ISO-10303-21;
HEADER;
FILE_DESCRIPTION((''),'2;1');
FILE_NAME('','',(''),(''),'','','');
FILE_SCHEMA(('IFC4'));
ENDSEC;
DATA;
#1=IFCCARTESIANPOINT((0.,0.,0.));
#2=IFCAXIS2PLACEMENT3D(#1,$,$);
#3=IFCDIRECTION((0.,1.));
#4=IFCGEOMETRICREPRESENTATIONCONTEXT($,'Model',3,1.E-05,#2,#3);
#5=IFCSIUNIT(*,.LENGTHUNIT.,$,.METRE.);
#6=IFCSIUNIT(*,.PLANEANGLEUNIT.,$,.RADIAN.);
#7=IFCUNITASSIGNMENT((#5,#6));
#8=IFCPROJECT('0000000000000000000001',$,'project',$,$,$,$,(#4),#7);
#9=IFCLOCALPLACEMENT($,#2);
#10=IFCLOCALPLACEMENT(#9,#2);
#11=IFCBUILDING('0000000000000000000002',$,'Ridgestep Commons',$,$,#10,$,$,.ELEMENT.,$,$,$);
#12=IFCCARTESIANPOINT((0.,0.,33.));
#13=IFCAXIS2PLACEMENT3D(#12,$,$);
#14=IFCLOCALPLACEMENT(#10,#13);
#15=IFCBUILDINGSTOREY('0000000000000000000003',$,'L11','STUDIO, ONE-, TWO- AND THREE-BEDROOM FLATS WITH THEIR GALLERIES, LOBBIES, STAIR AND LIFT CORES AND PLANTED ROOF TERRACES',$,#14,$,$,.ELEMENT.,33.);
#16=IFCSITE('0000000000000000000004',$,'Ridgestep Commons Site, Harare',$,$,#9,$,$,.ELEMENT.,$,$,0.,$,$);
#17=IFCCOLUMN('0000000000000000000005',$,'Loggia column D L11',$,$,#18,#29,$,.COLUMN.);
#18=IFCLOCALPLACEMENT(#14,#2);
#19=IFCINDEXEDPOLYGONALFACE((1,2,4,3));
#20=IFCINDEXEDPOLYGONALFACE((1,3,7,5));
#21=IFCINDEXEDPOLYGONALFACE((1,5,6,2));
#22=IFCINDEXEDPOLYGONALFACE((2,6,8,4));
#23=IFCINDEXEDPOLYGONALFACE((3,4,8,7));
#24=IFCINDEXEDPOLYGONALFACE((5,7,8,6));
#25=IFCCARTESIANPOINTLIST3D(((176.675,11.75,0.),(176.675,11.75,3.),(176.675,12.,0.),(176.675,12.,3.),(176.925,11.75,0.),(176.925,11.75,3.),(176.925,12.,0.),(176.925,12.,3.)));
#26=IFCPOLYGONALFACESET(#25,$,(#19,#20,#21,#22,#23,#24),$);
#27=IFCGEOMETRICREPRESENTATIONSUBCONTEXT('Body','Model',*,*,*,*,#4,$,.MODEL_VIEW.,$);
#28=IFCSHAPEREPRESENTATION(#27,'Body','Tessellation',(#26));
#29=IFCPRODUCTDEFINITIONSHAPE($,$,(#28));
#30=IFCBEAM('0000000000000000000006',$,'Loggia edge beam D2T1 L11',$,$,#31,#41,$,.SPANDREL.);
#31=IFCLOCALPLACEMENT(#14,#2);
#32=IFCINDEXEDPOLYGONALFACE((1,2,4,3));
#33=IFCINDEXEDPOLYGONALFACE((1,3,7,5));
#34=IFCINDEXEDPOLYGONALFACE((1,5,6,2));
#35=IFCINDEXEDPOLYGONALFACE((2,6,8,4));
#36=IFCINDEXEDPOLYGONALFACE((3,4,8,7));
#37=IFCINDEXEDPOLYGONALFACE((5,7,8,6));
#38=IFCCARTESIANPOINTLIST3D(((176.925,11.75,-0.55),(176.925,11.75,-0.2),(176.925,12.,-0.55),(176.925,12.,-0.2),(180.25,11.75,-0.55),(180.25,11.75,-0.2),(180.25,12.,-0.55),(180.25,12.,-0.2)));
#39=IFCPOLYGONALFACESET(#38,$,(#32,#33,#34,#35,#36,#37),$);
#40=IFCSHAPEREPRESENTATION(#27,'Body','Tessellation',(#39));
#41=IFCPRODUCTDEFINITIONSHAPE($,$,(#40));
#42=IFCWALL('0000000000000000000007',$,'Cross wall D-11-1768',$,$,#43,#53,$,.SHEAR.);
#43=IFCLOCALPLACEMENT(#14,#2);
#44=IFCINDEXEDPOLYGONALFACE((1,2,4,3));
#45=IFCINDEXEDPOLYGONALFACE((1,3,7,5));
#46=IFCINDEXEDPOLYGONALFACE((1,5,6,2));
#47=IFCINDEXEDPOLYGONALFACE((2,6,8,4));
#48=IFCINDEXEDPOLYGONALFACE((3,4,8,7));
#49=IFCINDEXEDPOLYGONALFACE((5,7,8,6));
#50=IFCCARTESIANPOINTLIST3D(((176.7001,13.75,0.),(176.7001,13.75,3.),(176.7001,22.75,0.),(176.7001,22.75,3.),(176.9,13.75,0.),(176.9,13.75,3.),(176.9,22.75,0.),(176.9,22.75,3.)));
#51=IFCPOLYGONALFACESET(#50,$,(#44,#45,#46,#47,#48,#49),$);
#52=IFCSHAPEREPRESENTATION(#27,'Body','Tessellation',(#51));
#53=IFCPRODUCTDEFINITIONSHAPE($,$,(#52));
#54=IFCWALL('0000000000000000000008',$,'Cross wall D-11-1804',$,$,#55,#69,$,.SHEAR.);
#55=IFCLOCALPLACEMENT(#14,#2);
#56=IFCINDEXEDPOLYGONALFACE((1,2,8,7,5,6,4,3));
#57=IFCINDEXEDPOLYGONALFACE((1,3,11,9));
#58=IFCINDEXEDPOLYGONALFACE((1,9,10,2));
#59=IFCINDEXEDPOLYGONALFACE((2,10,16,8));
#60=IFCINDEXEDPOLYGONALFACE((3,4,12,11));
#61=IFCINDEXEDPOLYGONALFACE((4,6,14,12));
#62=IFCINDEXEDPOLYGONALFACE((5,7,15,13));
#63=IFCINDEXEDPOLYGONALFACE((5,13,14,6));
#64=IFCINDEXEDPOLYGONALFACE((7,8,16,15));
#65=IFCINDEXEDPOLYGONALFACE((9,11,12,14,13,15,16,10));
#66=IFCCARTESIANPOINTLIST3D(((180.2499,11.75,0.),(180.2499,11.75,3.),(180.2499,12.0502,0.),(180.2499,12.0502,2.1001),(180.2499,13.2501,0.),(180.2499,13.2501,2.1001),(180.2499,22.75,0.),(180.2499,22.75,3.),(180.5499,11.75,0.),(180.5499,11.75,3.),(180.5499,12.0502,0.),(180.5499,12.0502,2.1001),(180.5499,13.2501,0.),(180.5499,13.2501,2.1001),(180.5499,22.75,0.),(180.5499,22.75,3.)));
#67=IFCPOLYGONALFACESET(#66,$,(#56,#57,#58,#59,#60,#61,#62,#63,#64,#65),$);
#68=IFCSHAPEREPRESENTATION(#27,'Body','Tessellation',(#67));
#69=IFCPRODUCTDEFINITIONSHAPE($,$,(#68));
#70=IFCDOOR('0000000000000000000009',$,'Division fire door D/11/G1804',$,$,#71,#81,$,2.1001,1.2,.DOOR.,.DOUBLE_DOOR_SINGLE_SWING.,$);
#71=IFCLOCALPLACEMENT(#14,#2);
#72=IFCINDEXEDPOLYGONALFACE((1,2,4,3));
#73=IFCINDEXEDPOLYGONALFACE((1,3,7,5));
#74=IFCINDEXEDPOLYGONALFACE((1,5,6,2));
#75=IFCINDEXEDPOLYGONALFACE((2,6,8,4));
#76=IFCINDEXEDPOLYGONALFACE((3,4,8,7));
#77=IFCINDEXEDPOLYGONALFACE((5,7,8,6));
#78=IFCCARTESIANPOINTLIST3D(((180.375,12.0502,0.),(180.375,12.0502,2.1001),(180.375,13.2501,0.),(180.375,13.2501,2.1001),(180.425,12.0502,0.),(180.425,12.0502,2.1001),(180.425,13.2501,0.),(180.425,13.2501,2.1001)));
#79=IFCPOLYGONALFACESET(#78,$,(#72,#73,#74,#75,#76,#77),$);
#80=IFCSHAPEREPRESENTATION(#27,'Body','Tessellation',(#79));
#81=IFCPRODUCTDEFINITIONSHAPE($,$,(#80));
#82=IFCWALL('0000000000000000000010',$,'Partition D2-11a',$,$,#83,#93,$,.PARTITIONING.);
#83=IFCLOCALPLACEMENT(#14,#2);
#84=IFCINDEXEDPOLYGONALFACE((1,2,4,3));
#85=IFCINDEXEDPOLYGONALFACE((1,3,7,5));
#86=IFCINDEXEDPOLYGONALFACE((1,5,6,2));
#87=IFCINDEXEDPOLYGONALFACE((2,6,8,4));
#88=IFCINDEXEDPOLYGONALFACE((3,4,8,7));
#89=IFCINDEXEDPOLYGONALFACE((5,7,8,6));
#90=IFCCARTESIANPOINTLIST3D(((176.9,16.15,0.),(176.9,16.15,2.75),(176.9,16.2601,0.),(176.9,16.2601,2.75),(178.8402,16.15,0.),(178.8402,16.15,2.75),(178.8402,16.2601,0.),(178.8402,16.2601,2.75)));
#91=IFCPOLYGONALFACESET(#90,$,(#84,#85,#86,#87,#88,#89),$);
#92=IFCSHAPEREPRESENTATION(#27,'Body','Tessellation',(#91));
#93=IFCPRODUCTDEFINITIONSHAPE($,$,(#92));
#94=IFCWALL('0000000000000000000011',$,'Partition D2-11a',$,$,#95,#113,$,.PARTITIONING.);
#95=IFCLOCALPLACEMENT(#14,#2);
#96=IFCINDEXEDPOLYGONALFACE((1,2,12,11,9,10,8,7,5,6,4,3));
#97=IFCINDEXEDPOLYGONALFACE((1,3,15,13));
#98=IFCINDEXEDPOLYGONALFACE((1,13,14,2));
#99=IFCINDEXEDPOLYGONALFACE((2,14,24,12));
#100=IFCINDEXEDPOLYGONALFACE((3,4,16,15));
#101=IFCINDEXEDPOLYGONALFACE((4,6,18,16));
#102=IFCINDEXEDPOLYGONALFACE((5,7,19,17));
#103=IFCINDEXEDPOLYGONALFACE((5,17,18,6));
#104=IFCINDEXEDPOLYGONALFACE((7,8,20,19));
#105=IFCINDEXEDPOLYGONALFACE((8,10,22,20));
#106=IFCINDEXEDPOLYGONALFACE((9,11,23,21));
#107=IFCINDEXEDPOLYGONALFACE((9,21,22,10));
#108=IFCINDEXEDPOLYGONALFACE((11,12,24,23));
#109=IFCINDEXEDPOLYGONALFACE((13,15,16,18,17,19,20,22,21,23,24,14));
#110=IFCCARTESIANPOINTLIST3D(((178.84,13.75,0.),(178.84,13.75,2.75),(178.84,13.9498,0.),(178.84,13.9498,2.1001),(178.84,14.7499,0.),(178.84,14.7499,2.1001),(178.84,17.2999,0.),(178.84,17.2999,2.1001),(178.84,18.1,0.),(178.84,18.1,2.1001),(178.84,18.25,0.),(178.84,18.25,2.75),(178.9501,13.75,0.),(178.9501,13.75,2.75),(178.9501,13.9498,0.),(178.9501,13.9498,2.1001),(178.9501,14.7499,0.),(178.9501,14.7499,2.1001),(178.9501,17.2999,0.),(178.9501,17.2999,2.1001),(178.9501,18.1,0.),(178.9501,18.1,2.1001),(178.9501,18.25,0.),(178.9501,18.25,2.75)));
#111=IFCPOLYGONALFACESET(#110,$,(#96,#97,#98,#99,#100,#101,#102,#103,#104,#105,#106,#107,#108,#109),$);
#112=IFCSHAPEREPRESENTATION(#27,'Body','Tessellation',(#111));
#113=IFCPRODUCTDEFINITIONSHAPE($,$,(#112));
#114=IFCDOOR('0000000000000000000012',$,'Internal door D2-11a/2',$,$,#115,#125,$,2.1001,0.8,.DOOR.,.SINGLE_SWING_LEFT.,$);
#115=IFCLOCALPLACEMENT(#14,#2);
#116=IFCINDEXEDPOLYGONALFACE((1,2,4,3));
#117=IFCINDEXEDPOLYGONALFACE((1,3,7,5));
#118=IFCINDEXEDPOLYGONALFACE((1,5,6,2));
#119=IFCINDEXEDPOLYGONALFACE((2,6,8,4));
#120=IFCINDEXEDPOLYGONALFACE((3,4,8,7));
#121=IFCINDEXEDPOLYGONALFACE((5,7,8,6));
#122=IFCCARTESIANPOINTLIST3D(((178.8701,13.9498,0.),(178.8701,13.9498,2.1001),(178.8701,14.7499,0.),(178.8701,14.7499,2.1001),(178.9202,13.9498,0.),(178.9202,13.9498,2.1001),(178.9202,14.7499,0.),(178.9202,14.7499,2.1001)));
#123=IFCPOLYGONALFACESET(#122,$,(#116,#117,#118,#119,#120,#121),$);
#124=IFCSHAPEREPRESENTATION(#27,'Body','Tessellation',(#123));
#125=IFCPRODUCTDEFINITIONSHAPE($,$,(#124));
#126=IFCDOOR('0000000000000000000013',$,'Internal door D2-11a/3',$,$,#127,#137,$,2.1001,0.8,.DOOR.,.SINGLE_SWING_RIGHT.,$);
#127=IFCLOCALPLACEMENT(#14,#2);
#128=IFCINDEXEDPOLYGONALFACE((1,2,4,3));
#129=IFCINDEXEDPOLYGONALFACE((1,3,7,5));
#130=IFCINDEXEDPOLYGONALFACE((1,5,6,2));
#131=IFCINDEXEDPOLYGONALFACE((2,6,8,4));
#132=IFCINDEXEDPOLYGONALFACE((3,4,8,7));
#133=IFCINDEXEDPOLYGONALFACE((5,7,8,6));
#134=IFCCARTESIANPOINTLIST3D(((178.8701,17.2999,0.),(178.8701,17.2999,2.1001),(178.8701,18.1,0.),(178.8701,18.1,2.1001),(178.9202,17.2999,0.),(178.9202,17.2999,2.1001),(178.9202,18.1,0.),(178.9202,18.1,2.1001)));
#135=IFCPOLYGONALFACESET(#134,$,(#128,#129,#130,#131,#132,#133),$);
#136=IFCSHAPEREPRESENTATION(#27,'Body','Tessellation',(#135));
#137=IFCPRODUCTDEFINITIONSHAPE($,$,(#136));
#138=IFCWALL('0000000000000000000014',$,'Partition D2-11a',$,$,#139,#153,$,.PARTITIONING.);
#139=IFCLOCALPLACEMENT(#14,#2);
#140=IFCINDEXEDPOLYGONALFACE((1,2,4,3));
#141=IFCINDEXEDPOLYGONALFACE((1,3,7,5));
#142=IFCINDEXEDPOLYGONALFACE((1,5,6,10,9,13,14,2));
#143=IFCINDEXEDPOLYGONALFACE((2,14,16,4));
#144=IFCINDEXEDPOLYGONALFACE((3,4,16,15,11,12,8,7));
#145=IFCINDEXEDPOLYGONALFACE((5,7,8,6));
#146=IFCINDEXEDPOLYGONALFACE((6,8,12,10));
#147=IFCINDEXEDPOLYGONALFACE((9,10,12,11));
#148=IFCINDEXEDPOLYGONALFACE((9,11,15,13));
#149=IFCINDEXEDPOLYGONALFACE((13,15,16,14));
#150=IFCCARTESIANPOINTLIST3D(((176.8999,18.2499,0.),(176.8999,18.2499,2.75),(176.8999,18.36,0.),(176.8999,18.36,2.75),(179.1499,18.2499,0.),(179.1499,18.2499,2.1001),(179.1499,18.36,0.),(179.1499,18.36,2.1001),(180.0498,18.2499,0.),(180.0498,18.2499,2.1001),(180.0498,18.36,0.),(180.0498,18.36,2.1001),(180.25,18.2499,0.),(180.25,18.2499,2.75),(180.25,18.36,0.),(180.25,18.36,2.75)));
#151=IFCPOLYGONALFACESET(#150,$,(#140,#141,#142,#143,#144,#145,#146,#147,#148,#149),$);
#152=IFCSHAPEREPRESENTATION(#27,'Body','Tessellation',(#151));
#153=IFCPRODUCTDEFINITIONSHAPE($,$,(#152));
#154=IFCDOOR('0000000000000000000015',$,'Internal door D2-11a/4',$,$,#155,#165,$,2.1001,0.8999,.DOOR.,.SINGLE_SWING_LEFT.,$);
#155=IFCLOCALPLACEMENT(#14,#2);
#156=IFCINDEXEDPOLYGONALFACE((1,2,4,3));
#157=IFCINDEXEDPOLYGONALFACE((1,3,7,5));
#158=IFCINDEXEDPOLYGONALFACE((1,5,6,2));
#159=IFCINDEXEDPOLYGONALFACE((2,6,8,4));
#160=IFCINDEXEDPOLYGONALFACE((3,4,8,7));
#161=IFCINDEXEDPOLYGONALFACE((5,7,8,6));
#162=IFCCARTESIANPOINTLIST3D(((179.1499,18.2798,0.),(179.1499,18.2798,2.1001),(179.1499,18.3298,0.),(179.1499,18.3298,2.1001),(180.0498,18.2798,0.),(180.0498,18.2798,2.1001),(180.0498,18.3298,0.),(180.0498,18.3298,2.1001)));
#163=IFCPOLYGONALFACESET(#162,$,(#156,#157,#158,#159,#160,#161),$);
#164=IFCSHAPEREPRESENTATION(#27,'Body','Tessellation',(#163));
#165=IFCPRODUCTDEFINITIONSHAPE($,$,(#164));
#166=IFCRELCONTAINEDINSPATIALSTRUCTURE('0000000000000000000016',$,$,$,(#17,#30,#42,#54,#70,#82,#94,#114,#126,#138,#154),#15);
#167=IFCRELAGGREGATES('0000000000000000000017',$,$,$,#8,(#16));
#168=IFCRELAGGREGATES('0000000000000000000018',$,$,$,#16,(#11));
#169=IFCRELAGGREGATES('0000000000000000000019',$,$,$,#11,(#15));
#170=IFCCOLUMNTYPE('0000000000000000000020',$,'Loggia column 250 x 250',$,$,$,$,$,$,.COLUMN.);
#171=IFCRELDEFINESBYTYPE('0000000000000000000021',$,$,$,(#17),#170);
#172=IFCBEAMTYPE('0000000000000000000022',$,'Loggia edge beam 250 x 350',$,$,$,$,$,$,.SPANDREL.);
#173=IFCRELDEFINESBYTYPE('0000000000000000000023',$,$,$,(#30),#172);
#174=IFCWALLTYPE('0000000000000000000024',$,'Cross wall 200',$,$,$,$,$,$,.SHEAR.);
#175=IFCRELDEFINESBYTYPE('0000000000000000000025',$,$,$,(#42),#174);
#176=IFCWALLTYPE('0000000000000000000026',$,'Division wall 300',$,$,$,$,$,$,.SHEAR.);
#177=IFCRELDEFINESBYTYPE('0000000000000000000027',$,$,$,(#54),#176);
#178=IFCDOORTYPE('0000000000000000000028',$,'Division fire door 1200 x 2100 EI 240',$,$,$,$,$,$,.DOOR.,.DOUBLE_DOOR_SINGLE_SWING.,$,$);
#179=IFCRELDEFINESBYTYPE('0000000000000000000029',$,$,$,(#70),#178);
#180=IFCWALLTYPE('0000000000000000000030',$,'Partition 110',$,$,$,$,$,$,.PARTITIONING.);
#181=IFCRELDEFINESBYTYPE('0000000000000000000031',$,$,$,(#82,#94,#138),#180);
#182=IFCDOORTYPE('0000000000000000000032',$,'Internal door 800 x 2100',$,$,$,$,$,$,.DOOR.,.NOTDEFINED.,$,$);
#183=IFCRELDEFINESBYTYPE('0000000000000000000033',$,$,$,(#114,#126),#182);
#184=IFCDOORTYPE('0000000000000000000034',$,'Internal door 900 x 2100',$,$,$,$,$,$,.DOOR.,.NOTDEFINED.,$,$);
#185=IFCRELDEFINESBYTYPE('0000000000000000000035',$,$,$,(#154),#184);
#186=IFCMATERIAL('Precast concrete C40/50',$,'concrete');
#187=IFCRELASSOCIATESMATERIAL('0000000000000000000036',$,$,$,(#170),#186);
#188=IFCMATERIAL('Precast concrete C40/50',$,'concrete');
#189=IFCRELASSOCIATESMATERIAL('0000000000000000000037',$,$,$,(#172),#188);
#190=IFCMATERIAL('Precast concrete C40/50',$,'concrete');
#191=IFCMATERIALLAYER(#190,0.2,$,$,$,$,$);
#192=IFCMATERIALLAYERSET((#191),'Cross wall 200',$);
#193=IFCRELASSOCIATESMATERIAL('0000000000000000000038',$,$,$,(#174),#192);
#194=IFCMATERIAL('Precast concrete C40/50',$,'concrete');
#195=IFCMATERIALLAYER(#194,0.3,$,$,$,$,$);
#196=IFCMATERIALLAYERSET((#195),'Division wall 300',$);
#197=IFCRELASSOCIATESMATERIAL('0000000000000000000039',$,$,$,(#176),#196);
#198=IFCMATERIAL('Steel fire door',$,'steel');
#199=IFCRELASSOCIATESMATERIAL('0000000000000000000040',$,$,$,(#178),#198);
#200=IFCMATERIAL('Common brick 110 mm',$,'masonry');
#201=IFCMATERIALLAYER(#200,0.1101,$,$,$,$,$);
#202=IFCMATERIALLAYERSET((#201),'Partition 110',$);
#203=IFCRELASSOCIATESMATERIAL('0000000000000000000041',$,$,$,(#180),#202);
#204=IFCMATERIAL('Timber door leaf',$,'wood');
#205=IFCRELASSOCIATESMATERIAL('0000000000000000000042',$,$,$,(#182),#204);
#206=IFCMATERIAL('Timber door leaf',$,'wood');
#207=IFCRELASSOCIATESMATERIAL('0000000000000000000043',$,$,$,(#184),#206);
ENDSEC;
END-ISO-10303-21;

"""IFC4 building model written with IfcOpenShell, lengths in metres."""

from ifc_helpers import new_model, si_unit, direction, frame, frame_2d, origin, origin_2d, place, context, subcontext, project, spatial, rectangle, extrude, material, layer, layer_set, material_profile, profile_set, type_object, element, fill, save


model = new_model("IFC4")

# Units and contexts
model_context = context("Model", 3, precision=1e-05, world=origin(), true_north=direction((0.0, 1.0)))
body_context = subcontext(model_context, "Body", "Model", "MODEL_VIEW")
ifc_project = project(units=[si_unit("LENGTHUNIT", "METRE"), si_unit("PLANEANGLEUNIT", "RADIAN")], contexts=[model_context])

# Site, building, storey
site_placement = place(None, origin())
site = spatial("IfcSite", under=ifc_project, at=site_placement, Name="Ridgestep Commons Site, Harare", CompositionType="ELEMENT", RefElevation=0.0)
building_placement = place(site_placement, origin())
building = spatial("IfcBuilding", under=site, at=building_placement, Name="Ridgestep Commons", CompositionType="ELEMENT")
storey_placement = place(building_placement, frame((0.0, 0.0, 33.0)))
storey = spatial("IfcBuildingStorey", under=building, at=storey_placement, Name="L11", Description="STUDIO, ONE-, TWO- AND THREE-BEDROOM FLATS WITH THEIR GALLERIES, LOBBIES, STAIR AND LIFT CORES AND PLANTED ROOF TERRACES", CompositionType="ELEMENT", Elevation=33.0)

# Column
ifc_material_1 = material(Name="Precast concrete C40/50", Category="concrete")
ifc_material_profile_1 = material_profile(ifc_material_1, rectangle(XDim=0.25, YDim=0.25, at=origin_2d()), Name="PC 250x250")
ifc_profile_set_1 = profile_set([ifc_material_profile_1], Name="Precast concrete C40/50")
column_type = type_object("IfcColumnType", Name="Loggia column 250 x 250", PredefinedType="COLUMN", material=ifc_profile_set_1)
column_placement = place(storey_placement, frame((176.8, 11.875, 0.0), z_axis=(0.0, 0.0, 1.0), x_axis=(1.0, 0.0, 0.0)))
element("IfcColumn", 1, at=column_placement, inside=storey, type_object=column_type, Name="Loggia column D L11", PredefinedType="COLUMN", context=body_context, shape_type="SweptSolid", body=[
    extrude(rectangle(XDim=0.25, YDim=0.25, at=origin_2d()), origin(), (0.0, 0.0, 1.0), 3.0),
])

# Beam
ifc_material_2 = material(Name="Precast concrete C40/50", Category="concrete")
ifc_material_profile_2 = material_profile(ifc_material_2, rectangle(XDim=0.25, YDim=0.3501, at=origin_2d()), Name="PC 250x350")
ifc_profile_set_2 = profile_set([ifc_material_profile_2], Name="Precast concrete C40/50")
beam_type = type_object("IfcBeamType", Name="Loggia edge beam 250 x 350", PredefinedType="SPANDREL", material=ifc_profile_set_2)
beam_placement = place(storey_placement, frame((176.925, 11.875, -0.375), z_axis=(1.0, 0.0, 0.0), x_axis=(0.0, 1.0, 0.0)))
element("IfcBeam", 2, at=beam_placement, inside=storey, type_object=beam_type, Name="Loggia edge beam D2T1 L11", PredefinedType="SPANDREL", context=body_context, shape_type="SweptSolid", body=[
    extrude(rectangle(XDim=0.25, YDim=0.3501, at=origin_2d()), origin(), (0.0, 0.0, 1.0), 3.325),
])

# Wall
ifc_material_3 = material(Name="Precast concrete C40/50", Category="concrete")
ifc_layer_1 = layer(ifc_material_3, 0.2)
ifc_layer_set_1 = layer_set([ifc_layer_1], Name="Cross wall 200")
wall_type_1 = type_object("IfcWallType", Name="Cross wall 200", PredefinedType="SHEAR", material=ifc_layer_set_1)
wall_1_placement = place(storey_placement, frame((176.8, 13.75, 0.0), z_axis=(0.0, 0.0, 1.0), x_axis=(0.0, 1.0, 0.0)))
element("IfcWall", 3, at=wall_1_placement, inside=storey, type_object=wall_type_1, Name="Cross wall D-11-1768", PredefinedType="SHEAR", context=body_context, shape_type="SweptSolid", body=[
    extrude(rectangle(XDim=9.0, YDim=0.2, at=frame_2d((4.5, 0.0))), origin(), (0.0, 0.0, 1.0), 3.0),
])

# Wall, opening, door
ifc_material_4 = material(Name="Precast concrete C40/50", Category="concrete")
ifc_layer_2 = layer(ifc_material_4, 0.3)
ifc_layer_set_2 = layer_set([ifc_layer_2], Name="Division wall 300")
wall_type_2 = type_object("IfcWallType", Name="Division wall 300", PredefinedType="SHEAR", material=ifc_layer_set_2)
wall_2_placement = place(storey_placement, frame((180.3999, 11.75, 0.0), z_axis=(0.0, 0.0, 1.0), x_axis=(0.0, 1.0, 0.0)))
wall_2 = element("IfcWall", 4, at=wall_2_placement, inside=storey, type_object=wall_type_2, Name="Cross wall D-11-1804", PredefinedType="SHEAR", context=body_context, shape_type="SweptSolid", body=[
    extrude(rectangle(XDim=11.0, YDim=0.3, at=frame_2d((5.5, 0.0))), origin(), (0.0, 0.0, 1.0), 3.0),
])
opening_1_placement = place(wall_2_placement, frame((0.3, 0.0, 0.0)))
opening_1 = element("IfcOpeningElement", 5, at=opening_1_placement, cuts=wall_2, PredefinedType="OPENING", context=body_context, shape_type="SweptSolid", body=[
    extrude(rectangle(XDim=1.2, YDim=2.1001, at=frame_2d((0.6001, 1.05))), frame((0.0, 0.1599, 0.0), z_axis=(0.0, -1.0, 0.0), x_axis=(1.0, 0.0, 0.0)), (0.0, 0.0, 1.0), 0.3201),
])
ifc_material_5 = material(Name="Steel fire door", Category="steel")
door_type_1 = type_object("IfcDoorType", Name="Division fire door 1200 x 2100 EI 240", OperationType="DOUBLE_DOOR_SINGLE_SWING", PredefinedType="DOOR", material=ifc_material_5)
door_1_placement = place(opening_1_placement, origin())
door_1 = element("IfcDoor", 6, at=door_1_placement, inside=storey, type_object=door_type_1, Name="Division fire door D/11/G1804", OperationType="DOUBLE_DOOR_SINGLE_SWING", OverallHeight=2.1001, OverallWidth=1.2, PredefinedType="DOOR", context=body_context, shape_type="SweptSolid", body=[
    extrude(rectangle(XDim=1.2, YDim=2.1001, at=frame_2d((0.6001, 1.05))), frame((0.0, 0.0249, 0.0), z_axis=(0.0, -1.0, 0.0), x_axis=(1.0, 0.0, 0.0)), (0.0, 0.0, 1.0), 0.05),
])
fill(opening_1, door_1)

# Wall
ifc_material_6 = material(Name="Common brick 110 mm", Category="masonry")
ifc_layer_3 = layer(ifc_material_6, 0.1101)
ifc_layer_set_3 = layer_set([ifc_layer_3], Name="Partition 110")
wall_type_3 = type_object("IfcWallType", Name="Partition 110", PredefinedType="PARTITIONING", material=ifc_layer_set_3)
wall_3_placement = place(storey_placement, frame((176.8999, 16.2051, 0.0), z_axis=(0.0, 0.0, 1.0), x_axis=(1.0, 0.0, 0.0)))
element("IfcWall", 7, at=wall_3_placement, inside=storey, type_object=wall_type_3, Name="Partition D2-11a", PredefinedType="PARTITIONING", context=body_context, shape_type="SweptSolid", body=[
    extrude(rectangle(XDim=1.9402, YDim=0.1101, at=frame_2d((0.9702, 0.0))), origin(), (0.0, 0.0, 1.0), 2.75),
])

# Wall, openings, doors
wall_4_placement = place(storey_placement, frame((178.895, 13.75, 0.0), z_axis=(0.0, 0.0, 1.0), x_axis=(0.0, 1.0, 0.0)))
wall_4 = element("IfcWall", 8, at=wall_4_placement, inside=storey, type_object=wall_type_3, Name="Partition D2-11a", PredefinedType="PARTITIONING", context=body_context, shape_type="SweptSolid", body=[
    extrude(rectangle(XDim=4.5, YDim=0.1101, at=frame_2d((2.25, 0.0))), origin(), (0.0, 0.0, 1.0), 2.75),
])
opening_2_placement = place(wall_4_placement, frame((0.2, 0.0, 0.0)))
opening_2 = element("IfcOpeningElement", 9, at=opening_2_placement, cuts=wall_4, PredefinedType="OPENING", context=body_context, shape_type="SweptSolid", body=[
    extrude(rectangle(XDim=0.8, YDim=2.1001, at=frame_2d((0.3999, 1.05))), frame((0.0, 0.0649, 0.0), z_axis=(0.0, -1.0, 0.0), x_axis=(1.0, 0.0, 0.0)), (0.0, 0.0, 1.0), 0.1301),
])
opening_3_placement = place(wall_4_placement, frame((3.55, 0.0, 0.0)))
opening_3 = element("IfcOpeningElement", 10, at=opening_3_placement, cuts=wall_4, PredefinedType="OPENING", context=body_context, shape_type="SweptSolid", body=[
    extrude(rectangle(XDim=0.8, YDim=2.1001, at=frame_2d((0.3999, 1.05))), frame((0.0, 0.0649, 0.0), z_axis=(0.0, -1.0, 0.0), x_axis=(1.0, 0.0, 0.0)), (0.0, 0.0, 1.0), 0.1301),
])
ifc_material_7 = material(Name="Timber door leaf", Category="wood")
door_type_2 = type_object("IfcDoorType", Name="Internal door 800 x 2100", OperationType="NOTDEFINED", PredefinedType="DOOR", material=ifc_material_7)
door_2_placement = place(opening_2_placement, origin())
door_2 = element("IfcDoor", 11, at=door_2_placement, inside=storey, type_object=door_type_2, Name="Internal door D2-11a/2", OperationType="SINGLE_SWING_LEFT", OverallHeight=2.1001, OverallWidth=0.8, PredefinedType="DOOR", context=body_context, shape_type="SweptSolid", body=[
    extrude(rectangle(XDim=0.8, YDim=2.1001, at=frame_2d((0.3999, 1.05))), frame((0.0, 0.0249, 0.0), z_axis=(0.0, -1.0, 0.0), x_axis=(1.0, 0.0, 0.0)), (0.0, 0.0, 1.0), 0.05),
])
fill(opening_2, door_2)
door_3_placement = place(opening_3_placement, origin())
door_3 = element("IfcDoor", 12, at=door_3_placement, inside=storey, type_object=door_type_2, Name="Internal door D2-11a/3", OperationType="SINGLE_SWING_RIGHT", OverallHeight=2.1001, OverallWidth=0.8, PredefinedType="DOOR", context=body_context, shape_type="SweptSolid", body=[
    extrude(rectangle(XDim=0.8, YDim=2.1001, at=frame_2d((0.3999, 1.05))), frame((0.0, 0.0249, 0.0), z_axis=(0.0, -1.0, 0.0), x_axis=(1.0, 0.0, 0.0)), (0.0, 0.0, 1.0), 0.05),
])
fill(opening_3, door_3)

# Wall, opening, door
wall_5_placement = place(storey_placement, frame((176.8999, 18.3049, 0.0), z_axis=(0.0, 0.0, 1.0), x_axis=(1.0, 0.0, 0.0)))
wall_5 = element("IfcWall", 13, at=wall_5_placement, inside=storey, type_object=wall_type_3, Name="Partition D2-11a", PredefinedType="PARTITIONING", context=body_context, shape_type="SweptSolid", body=[
    extrude(rectangle(XDim=3.3501, YDim=0.1101, at=frame_2d((1.675, 0.0))), origin(), (0.0, 0.0, 1.0), 2.75),
])
opening_4_placement = place(wall_5_placement, frame((2.25, 0.0, 0.0)))
opening_4 = element("IfcOpeningElement", 14, at=opening_4_placement, cuts=wall_5, PredefinedType="OPENING", context=body_context, shape_type="SweptSolid", body=[
    extrude(rectangle(XDim=0.8999, YDim=2.1001, at=frame_2d((0.45, 1.05))), frame((0.0, 0.0649, 0.0), z_axis=(0.0, -1.0, 0.0), x_axis=(1.0, 0.0, 0.0)), (0.0, 0.0, 1.0), 0.1301),
])
ifc_material_8 = material(Name="Timber door leaf", Category="wood")
door_type_3 = type_object("IfcDoorType", Name="Internal door 900 x 2100", OperationType="NOTDEFINED", PredefinedType="DOOR", material=ifc_material_8)
door_4_placement = place(opening_4_placement, origin())
door_4 = element("IfcDoor", 15, at=door_4_placement, inside=storey, type_object=door_type_3, Name="Internal door D2-11a/4", OperationType="SINGLE_SWING_LEFT", OverallHeight=2.1001, OverallWidth=0.8999, PredefinedType="DOOR", context=body_context, shape_type="SweptSolid", body=[
    extrude(rectangle(XDim=0.8999, YDim=2.1001, at=frame_2d((0.45, 1.05))), frame((0.0, 0.0249, 0.0), z_axis=(0.0, -1.0, 0.0), x_axis=(1.0, 0.0, 0.0)), (0.0, 0.0, 1.0), 0.05),
])
fill(opening_4, door_4)

save(model, "model.ifc")
